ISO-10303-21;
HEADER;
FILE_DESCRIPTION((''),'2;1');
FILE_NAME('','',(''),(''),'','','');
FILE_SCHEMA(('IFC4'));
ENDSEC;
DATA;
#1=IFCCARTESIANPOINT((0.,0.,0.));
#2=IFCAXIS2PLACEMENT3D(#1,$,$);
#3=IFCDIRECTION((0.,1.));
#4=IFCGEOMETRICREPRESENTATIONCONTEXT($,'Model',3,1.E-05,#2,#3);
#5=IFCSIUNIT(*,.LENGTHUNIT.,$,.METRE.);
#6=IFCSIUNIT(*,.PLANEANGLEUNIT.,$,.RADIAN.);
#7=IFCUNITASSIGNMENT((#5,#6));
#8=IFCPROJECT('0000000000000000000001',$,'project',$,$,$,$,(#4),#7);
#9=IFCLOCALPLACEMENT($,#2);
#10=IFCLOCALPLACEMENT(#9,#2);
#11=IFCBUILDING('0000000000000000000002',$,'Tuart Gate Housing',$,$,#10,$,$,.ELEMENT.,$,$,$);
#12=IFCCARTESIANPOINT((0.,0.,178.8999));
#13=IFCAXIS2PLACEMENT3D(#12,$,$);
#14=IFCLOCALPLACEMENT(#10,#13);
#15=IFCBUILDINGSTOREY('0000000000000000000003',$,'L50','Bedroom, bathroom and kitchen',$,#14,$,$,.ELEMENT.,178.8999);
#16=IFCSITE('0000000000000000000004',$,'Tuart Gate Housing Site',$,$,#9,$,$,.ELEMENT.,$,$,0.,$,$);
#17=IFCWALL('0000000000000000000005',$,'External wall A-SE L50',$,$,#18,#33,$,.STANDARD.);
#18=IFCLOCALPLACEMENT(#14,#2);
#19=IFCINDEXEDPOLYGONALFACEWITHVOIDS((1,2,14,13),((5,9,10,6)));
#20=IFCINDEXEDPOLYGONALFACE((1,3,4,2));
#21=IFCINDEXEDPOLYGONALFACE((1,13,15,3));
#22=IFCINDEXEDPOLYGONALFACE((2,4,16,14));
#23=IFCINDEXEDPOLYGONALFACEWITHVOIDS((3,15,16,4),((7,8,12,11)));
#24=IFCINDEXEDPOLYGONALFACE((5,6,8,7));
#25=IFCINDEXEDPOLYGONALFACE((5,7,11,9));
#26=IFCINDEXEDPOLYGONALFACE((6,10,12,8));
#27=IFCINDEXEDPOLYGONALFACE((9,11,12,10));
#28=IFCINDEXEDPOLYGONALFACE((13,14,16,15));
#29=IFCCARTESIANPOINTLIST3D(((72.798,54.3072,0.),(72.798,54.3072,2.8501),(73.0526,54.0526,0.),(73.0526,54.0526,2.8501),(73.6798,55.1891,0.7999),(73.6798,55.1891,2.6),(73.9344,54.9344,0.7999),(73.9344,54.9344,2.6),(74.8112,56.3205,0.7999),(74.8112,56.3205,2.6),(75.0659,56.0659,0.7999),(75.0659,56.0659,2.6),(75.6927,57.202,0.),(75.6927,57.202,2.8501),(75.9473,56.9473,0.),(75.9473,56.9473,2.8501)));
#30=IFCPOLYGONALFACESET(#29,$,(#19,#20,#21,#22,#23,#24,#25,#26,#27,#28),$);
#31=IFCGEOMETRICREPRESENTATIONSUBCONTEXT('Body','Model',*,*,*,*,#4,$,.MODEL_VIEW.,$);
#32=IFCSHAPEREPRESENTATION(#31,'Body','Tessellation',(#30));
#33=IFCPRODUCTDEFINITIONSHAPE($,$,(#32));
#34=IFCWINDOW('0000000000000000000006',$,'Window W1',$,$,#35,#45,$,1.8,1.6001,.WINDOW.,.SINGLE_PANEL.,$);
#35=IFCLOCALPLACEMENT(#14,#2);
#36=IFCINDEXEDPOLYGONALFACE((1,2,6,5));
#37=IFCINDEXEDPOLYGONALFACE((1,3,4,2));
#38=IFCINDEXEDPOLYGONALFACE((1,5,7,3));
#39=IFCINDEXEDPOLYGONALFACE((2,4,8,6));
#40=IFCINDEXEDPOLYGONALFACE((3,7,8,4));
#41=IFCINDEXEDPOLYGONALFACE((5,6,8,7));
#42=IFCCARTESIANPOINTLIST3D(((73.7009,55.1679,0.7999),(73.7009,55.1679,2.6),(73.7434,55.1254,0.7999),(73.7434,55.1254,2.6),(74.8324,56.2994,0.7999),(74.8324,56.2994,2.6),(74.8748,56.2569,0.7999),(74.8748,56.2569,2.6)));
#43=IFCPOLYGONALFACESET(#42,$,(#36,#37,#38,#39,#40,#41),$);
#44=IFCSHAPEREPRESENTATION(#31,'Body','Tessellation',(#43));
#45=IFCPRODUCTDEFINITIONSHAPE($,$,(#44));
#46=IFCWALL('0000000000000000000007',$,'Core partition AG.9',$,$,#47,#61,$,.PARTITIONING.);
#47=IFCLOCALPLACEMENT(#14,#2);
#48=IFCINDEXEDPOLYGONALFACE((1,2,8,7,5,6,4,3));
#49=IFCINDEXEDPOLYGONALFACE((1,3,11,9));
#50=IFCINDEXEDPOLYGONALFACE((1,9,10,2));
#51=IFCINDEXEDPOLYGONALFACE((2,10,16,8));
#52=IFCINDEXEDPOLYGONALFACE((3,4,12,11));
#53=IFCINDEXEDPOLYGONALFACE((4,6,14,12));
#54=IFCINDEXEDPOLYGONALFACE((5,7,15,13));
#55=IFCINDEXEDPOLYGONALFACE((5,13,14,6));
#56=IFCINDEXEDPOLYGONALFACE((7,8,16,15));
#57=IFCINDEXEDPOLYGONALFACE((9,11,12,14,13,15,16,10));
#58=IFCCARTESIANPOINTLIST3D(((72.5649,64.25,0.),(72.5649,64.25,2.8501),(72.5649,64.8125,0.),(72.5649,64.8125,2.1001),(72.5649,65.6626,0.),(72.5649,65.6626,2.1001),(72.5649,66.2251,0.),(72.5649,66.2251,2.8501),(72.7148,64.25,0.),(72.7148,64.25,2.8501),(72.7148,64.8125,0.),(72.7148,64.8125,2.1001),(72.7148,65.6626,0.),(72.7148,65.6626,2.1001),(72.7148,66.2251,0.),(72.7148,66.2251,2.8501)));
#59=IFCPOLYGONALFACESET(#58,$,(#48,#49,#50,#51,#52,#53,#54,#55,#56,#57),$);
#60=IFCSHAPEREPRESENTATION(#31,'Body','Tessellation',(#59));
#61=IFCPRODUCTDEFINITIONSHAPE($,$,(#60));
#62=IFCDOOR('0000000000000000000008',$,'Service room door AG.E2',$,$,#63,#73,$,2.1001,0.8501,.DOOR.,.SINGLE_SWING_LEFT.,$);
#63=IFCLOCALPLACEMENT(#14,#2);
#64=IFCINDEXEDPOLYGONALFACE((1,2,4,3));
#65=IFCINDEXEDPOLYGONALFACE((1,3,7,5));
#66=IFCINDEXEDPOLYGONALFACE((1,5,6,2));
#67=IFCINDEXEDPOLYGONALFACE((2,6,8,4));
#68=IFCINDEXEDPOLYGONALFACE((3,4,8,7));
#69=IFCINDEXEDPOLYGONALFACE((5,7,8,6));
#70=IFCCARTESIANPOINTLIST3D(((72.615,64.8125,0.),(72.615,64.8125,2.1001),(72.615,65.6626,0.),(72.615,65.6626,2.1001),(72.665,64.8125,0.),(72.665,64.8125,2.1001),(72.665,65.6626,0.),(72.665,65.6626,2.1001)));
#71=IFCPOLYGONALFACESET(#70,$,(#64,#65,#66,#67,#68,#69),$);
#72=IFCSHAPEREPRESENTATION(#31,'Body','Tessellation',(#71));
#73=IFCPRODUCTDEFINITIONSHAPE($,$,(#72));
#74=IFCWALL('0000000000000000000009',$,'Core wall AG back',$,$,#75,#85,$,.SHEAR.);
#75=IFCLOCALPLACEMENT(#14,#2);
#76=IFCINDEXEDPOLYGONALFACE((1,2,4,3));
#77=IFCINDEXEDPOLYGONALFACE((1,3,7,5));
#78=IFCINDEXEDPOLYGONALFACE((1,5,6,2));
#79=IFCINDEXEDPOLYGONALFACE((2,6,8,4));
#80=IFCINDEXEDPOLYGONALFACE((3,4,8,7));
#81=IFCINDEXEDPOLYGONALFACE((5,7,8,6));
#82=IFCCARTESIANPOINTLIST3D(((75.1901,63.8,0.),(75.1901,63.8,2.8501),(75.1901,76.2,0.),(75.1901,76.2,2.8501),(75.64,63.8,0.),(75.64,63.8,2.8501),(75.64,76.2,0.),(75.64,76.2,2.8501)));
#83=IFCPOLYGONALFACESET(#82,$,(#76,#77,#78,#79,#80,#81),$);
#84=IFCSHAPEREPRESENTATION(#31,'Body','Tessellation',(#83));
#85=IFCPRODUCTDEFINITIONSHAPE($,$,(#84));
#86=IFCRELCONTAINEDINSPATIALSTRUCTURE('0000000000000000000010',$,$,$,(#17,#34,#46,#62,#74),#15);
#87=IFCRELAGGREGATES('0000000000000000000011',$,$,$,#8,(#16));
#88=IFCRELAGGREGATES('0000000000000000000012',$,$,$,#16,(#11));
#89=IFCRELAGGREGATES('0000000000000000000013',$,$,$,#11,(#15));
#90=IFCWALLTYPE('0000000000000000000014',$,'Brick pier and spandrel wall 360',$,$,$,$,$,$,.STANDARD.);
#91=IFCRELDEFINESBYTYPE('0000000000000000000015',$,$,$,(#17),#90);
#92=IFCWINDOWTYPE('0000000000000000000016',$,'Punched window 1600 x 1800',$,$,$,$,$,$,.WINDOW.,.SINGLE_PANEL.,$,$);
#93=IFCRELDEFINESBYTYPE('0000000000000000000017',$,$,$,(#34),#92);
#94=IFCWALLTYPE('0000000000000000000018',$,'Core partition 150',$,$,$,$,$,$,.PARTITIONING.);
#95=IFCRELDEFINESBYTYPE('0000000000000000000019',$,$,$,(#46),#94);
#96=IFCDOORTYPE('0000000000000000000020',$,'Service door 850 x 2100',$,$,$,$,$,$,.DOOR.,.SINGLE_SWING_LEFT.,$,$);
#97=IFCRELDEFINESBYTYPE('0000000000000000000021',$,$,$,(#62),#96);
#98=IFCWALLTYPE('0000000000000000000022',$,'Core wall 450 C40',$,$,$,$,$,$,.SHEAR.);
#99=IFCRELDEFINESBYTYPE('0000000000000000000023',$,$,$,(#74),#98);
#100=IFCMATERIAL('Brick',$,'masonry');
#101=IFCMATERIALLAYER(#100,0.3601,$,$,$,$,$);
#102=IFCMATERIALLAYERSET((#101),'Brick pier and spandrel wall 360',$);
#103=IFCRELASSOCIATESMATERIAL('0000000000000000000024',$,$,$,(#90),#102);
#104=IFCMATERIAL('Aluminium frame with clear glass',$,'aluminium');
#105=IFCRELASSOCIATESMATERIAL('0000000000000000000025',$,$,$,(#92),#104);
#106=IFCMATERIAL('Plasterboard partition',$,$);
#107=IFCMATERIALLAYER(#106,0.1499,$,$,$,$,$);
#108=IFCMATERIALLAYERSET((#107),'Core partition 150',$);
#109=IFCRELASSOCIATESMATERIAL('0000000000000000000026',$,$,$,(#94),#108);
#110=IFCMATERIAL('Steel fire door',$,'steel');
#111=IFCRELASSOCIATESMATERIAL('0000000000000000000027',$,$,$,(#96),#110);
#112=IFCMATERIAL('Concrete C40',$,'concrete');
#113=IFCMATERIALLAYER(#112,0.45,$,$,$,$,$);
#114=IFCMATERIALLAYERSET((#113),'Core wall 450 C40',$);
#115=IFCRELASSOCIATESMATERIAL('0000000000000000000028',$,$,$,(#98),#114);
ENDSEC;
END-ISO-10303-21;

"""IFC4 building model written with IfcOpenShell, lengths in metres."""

from ifc_helpers import new_model, si_unit, direction, frame, frame_2d, origin, place, context, subcontext, project, spatial, rectangle, extrude, material, layer, layer_set, type_object, element, fill, save


model = new_model("IFC4")

# Units and contexts
model_context = context("Model", 3, precision=1e-05, world=origin(), true_north=direction((0.0, 1.0)))
body_context = subcontext(model_context, "Body", "Model", "MODEL_VIEW")
ifc_project = project(units=[si_unit("LENGTHUNIT", "METRE"), si_unit("PLANEANGLEUNIT", "RADIAN")], contexts=[model_context])

# Site, building, storey
site_placement = place(None, origin())
site = spatial("IfcSite", under=ifc_project, at=site_placement, Name="Tuart Gate Housing Site", CompositionType="ELEMENT", RefElevation=0.0)
building_placement = place(site_placement, origin())
building = spatial("IfcBuilding", under=site, at=building_placement, Name="Tuart Gate Housing", CompositionType="ELEMENT")
storey_placement = place(building_placement, frame((0.0, 0.0, 178.8999)))
storey = spatial("IfcBuildingStorey", under=building, at=storey_placement, Name="L50", Description="Bedroom, bathroom and kitchen", CompositionType="ELEMENT", Elevation=178.8999)

# Wall, opening, window
ifc_material_1 = material(Name="Brick", Category="masonry")
ifc_layer_1 = layer(ifc_material_1, 0.3601)
ifc_layer_set_1 = layer_set([ifc_layer_1], Name="Brick pier and spandrel wall 360")
wall_type_1 = type_object("IfcWallType", Name="Brick pier and spandrel wall 360", PredefinedType="STANDARD", material=ifc_layer_set_1)
wall_1_placement = place(storey_placement, frame((72.9253, 54.1799, 0.0), z_axis=(0.0, 0.0, 1.0), x_axis=(0.707107, 0.707107, 0.0)))
wall_1 = element("IfcWall", 1, at=wall_1_placement, inside=storey, type_object=wall_type_1, Name="External wall A-SE L50", PredefinedType="STANDARD", context=body_context, shape_type="SweptSolid", body=[
    extrude(rectangle(XDim=4.0938, YDim=0.3601, at=frame_2d((2.0469, 0.0))), origin(), (0.0, 0.0, 1.0), 2.8501),
])
opening_1_placement = place(wall_1_placement, frame((1.2471, 0.0, 0.8)))
opening_1 = element("IfcOpeningElement", 2, at=opening_1_placement, cuts=wall_1, PredefinedType="OPENING", context=body_context, shape_type="SweptSolid", body=[
    extrude(rectangle(XDim=1.6001, YDim=1.8, at=frame_2d((0.8, 0.8999))), frame((0.0, 0.1899, 0.0), z_axis=(0.0, -1.0, 0.0), x_axis=(1.0, 0.0, 0.0)), (0.0, 0.0, 1.0), 0.3801),
])
ifc_material_2 = material(Name="Aluminium frame with clear glass", Category="aluminium")
window_type = type_object("IfcWindowType", Name="Punched window 1600 x 1800", PartitioningType="SINGLE_PANEL", PredefinedType="WINDOW", material=ifc_material_2)
window_placement = place(opening_1_placement, origin())
window = element("IfcWindow", 3, at=window_placement, inside=storey, type_object=window_type, Name="Window W1", OverallHeight=1.8, OverallWidth=1.6001, PartitioningType="SINGLE_PANEL", PredefinedType="WINDOW", context=body_context, shape_type="SweptSolid", body=[
    extrude(rectangle(XDim=1.6001, YDim=1.8, at=frame_2d((0.8, 0.8999))), frame((0.0, 0.1501, 0.0), z_axis=(0.0, -1.0, 0.0), x_axis=(1.0, 0.0, 0.0)), (0.0, 0.0, 1.0), 0.0601),
])
fill(opening_1, window)

# Wall, opening, door
ifc_material_3 = material(Name="Plasterboard partition")
ifc_layer_2 = layer(ifc_material_3, 0.1499)
ifc_layer_set_2 = layer_set([ifc_layer_2], Name="Core partition 150")
wall_type_2 = type_object("IfcWallType", Name="Core partition 150", PredefinedType="PARTITIONING", material=ifc_layer_set_2)
wall_2_placement = place(storey_placement, frame((72.6399, 64.25, 0.0), z_axis=(0.0, 0.0, 1.0), x_axis=(0.0, 1.0, 0.0)))
wall_2 = element("IfcWall", 4, at=wall_2_placement, inside=storey, type_object=wall_type_2, Name="Core partition AG.9", PredefinedType="PARTITIONING", context=body_context, shape_type="SweptSolid", body=[
    extrude(rectangle(XDim=1.9751, YDim=0.1499, at=frame_2d((0.9875, 0.0))), origin(), (0.0, 0.0, 1.0), 2.8501),
])
opening_2_placement = place(wall_2_placement, frame((0.5625, 0.0, 0.0)))
opening_2 = element("IfcOpeningElement", 5, at=opening_2_placement, cuts=wall_2, PredefinedType="OPENING", context=body_context, shape_type="SweptSolid", body=[
    extrude(rectangle(XDim=0.8501, YDim=2.1001, at=frame_2d((0.425, 1.05))), frame((0.0, 0.085, 0.0), z_axis=(0.0, -1.0, 0.0), x_axis=(1.0, 0.0, 0.0)), (0.0, 0.0, 1.0), 0.1699),
])
ifc_material_4 = material(Name="Steel fire door", Category="steel")
door_type = type_object("IfcDoorType", Name="Service door 850 x 2100", OperationType="SINGLE_SWING_LEFT", PredefinedType="DOOR", material=ifc_material_4)
door_placement = place(opening_2_placement, origin())
door = element("IfcDoor", 6, at=door_placement, inside=storey, type_object=door_type, Name="Service room door AG.E2", OperationType="SINGLE_SWING_LEFT", OverallHeight=2.1001, OverallWidth=0.8501, PredefinedType="DOOR", context=body_context, shape_type="SweptSolid", body=[
    extrude(rectangle(XDim=0.8501, YDim=2.1001, at=frame_2d((0.425, 1.05))), frame((0.0, 0.0249, 0.0), z_axis=(0.0, -1.0, 0.0), x_axis=(1.0, 0.0, 0.0)), (0.0, 0.0, 1.0), 0.05),
])
fill(opening_2, door)

# Wall
ifc_material_5 = material(Name="Concrete C40", Category="concrete")
ifc_layer_3 = layer(ifc_material_5, 0.45)
ifc_layer_set_3 = layer_set([ifc_layer_3], Name="Core wall 450 C40")
wall_type_3 = type_object("IfcWallType", Name="Core wall 450 C40", PredefinedType="SHEAR", material=ifc_layer_set_3)
wall_3_placement = place(storey_placement, frame((75.415, 63.8, 0.0), z_axis=(0.0, 0.0, 1.0), x_axis=(0.0, 1.0, 0.0)))
element("IfcWall", 7, at=wall_3_placement, inside=storey, type_object=wall_type_3, Name="Core wall AG back", PredefinedType="SHEAR", context=body_context, shape_type="SweptSolid", body=[
    extrude(rectangle(XDim=12.3999, YDim=0.45, at=frame_2d((6.2, 0.0))), origin(), (0.0, 0.0, 1.0), 2.8501),
])

save(model, "model.ifc")
